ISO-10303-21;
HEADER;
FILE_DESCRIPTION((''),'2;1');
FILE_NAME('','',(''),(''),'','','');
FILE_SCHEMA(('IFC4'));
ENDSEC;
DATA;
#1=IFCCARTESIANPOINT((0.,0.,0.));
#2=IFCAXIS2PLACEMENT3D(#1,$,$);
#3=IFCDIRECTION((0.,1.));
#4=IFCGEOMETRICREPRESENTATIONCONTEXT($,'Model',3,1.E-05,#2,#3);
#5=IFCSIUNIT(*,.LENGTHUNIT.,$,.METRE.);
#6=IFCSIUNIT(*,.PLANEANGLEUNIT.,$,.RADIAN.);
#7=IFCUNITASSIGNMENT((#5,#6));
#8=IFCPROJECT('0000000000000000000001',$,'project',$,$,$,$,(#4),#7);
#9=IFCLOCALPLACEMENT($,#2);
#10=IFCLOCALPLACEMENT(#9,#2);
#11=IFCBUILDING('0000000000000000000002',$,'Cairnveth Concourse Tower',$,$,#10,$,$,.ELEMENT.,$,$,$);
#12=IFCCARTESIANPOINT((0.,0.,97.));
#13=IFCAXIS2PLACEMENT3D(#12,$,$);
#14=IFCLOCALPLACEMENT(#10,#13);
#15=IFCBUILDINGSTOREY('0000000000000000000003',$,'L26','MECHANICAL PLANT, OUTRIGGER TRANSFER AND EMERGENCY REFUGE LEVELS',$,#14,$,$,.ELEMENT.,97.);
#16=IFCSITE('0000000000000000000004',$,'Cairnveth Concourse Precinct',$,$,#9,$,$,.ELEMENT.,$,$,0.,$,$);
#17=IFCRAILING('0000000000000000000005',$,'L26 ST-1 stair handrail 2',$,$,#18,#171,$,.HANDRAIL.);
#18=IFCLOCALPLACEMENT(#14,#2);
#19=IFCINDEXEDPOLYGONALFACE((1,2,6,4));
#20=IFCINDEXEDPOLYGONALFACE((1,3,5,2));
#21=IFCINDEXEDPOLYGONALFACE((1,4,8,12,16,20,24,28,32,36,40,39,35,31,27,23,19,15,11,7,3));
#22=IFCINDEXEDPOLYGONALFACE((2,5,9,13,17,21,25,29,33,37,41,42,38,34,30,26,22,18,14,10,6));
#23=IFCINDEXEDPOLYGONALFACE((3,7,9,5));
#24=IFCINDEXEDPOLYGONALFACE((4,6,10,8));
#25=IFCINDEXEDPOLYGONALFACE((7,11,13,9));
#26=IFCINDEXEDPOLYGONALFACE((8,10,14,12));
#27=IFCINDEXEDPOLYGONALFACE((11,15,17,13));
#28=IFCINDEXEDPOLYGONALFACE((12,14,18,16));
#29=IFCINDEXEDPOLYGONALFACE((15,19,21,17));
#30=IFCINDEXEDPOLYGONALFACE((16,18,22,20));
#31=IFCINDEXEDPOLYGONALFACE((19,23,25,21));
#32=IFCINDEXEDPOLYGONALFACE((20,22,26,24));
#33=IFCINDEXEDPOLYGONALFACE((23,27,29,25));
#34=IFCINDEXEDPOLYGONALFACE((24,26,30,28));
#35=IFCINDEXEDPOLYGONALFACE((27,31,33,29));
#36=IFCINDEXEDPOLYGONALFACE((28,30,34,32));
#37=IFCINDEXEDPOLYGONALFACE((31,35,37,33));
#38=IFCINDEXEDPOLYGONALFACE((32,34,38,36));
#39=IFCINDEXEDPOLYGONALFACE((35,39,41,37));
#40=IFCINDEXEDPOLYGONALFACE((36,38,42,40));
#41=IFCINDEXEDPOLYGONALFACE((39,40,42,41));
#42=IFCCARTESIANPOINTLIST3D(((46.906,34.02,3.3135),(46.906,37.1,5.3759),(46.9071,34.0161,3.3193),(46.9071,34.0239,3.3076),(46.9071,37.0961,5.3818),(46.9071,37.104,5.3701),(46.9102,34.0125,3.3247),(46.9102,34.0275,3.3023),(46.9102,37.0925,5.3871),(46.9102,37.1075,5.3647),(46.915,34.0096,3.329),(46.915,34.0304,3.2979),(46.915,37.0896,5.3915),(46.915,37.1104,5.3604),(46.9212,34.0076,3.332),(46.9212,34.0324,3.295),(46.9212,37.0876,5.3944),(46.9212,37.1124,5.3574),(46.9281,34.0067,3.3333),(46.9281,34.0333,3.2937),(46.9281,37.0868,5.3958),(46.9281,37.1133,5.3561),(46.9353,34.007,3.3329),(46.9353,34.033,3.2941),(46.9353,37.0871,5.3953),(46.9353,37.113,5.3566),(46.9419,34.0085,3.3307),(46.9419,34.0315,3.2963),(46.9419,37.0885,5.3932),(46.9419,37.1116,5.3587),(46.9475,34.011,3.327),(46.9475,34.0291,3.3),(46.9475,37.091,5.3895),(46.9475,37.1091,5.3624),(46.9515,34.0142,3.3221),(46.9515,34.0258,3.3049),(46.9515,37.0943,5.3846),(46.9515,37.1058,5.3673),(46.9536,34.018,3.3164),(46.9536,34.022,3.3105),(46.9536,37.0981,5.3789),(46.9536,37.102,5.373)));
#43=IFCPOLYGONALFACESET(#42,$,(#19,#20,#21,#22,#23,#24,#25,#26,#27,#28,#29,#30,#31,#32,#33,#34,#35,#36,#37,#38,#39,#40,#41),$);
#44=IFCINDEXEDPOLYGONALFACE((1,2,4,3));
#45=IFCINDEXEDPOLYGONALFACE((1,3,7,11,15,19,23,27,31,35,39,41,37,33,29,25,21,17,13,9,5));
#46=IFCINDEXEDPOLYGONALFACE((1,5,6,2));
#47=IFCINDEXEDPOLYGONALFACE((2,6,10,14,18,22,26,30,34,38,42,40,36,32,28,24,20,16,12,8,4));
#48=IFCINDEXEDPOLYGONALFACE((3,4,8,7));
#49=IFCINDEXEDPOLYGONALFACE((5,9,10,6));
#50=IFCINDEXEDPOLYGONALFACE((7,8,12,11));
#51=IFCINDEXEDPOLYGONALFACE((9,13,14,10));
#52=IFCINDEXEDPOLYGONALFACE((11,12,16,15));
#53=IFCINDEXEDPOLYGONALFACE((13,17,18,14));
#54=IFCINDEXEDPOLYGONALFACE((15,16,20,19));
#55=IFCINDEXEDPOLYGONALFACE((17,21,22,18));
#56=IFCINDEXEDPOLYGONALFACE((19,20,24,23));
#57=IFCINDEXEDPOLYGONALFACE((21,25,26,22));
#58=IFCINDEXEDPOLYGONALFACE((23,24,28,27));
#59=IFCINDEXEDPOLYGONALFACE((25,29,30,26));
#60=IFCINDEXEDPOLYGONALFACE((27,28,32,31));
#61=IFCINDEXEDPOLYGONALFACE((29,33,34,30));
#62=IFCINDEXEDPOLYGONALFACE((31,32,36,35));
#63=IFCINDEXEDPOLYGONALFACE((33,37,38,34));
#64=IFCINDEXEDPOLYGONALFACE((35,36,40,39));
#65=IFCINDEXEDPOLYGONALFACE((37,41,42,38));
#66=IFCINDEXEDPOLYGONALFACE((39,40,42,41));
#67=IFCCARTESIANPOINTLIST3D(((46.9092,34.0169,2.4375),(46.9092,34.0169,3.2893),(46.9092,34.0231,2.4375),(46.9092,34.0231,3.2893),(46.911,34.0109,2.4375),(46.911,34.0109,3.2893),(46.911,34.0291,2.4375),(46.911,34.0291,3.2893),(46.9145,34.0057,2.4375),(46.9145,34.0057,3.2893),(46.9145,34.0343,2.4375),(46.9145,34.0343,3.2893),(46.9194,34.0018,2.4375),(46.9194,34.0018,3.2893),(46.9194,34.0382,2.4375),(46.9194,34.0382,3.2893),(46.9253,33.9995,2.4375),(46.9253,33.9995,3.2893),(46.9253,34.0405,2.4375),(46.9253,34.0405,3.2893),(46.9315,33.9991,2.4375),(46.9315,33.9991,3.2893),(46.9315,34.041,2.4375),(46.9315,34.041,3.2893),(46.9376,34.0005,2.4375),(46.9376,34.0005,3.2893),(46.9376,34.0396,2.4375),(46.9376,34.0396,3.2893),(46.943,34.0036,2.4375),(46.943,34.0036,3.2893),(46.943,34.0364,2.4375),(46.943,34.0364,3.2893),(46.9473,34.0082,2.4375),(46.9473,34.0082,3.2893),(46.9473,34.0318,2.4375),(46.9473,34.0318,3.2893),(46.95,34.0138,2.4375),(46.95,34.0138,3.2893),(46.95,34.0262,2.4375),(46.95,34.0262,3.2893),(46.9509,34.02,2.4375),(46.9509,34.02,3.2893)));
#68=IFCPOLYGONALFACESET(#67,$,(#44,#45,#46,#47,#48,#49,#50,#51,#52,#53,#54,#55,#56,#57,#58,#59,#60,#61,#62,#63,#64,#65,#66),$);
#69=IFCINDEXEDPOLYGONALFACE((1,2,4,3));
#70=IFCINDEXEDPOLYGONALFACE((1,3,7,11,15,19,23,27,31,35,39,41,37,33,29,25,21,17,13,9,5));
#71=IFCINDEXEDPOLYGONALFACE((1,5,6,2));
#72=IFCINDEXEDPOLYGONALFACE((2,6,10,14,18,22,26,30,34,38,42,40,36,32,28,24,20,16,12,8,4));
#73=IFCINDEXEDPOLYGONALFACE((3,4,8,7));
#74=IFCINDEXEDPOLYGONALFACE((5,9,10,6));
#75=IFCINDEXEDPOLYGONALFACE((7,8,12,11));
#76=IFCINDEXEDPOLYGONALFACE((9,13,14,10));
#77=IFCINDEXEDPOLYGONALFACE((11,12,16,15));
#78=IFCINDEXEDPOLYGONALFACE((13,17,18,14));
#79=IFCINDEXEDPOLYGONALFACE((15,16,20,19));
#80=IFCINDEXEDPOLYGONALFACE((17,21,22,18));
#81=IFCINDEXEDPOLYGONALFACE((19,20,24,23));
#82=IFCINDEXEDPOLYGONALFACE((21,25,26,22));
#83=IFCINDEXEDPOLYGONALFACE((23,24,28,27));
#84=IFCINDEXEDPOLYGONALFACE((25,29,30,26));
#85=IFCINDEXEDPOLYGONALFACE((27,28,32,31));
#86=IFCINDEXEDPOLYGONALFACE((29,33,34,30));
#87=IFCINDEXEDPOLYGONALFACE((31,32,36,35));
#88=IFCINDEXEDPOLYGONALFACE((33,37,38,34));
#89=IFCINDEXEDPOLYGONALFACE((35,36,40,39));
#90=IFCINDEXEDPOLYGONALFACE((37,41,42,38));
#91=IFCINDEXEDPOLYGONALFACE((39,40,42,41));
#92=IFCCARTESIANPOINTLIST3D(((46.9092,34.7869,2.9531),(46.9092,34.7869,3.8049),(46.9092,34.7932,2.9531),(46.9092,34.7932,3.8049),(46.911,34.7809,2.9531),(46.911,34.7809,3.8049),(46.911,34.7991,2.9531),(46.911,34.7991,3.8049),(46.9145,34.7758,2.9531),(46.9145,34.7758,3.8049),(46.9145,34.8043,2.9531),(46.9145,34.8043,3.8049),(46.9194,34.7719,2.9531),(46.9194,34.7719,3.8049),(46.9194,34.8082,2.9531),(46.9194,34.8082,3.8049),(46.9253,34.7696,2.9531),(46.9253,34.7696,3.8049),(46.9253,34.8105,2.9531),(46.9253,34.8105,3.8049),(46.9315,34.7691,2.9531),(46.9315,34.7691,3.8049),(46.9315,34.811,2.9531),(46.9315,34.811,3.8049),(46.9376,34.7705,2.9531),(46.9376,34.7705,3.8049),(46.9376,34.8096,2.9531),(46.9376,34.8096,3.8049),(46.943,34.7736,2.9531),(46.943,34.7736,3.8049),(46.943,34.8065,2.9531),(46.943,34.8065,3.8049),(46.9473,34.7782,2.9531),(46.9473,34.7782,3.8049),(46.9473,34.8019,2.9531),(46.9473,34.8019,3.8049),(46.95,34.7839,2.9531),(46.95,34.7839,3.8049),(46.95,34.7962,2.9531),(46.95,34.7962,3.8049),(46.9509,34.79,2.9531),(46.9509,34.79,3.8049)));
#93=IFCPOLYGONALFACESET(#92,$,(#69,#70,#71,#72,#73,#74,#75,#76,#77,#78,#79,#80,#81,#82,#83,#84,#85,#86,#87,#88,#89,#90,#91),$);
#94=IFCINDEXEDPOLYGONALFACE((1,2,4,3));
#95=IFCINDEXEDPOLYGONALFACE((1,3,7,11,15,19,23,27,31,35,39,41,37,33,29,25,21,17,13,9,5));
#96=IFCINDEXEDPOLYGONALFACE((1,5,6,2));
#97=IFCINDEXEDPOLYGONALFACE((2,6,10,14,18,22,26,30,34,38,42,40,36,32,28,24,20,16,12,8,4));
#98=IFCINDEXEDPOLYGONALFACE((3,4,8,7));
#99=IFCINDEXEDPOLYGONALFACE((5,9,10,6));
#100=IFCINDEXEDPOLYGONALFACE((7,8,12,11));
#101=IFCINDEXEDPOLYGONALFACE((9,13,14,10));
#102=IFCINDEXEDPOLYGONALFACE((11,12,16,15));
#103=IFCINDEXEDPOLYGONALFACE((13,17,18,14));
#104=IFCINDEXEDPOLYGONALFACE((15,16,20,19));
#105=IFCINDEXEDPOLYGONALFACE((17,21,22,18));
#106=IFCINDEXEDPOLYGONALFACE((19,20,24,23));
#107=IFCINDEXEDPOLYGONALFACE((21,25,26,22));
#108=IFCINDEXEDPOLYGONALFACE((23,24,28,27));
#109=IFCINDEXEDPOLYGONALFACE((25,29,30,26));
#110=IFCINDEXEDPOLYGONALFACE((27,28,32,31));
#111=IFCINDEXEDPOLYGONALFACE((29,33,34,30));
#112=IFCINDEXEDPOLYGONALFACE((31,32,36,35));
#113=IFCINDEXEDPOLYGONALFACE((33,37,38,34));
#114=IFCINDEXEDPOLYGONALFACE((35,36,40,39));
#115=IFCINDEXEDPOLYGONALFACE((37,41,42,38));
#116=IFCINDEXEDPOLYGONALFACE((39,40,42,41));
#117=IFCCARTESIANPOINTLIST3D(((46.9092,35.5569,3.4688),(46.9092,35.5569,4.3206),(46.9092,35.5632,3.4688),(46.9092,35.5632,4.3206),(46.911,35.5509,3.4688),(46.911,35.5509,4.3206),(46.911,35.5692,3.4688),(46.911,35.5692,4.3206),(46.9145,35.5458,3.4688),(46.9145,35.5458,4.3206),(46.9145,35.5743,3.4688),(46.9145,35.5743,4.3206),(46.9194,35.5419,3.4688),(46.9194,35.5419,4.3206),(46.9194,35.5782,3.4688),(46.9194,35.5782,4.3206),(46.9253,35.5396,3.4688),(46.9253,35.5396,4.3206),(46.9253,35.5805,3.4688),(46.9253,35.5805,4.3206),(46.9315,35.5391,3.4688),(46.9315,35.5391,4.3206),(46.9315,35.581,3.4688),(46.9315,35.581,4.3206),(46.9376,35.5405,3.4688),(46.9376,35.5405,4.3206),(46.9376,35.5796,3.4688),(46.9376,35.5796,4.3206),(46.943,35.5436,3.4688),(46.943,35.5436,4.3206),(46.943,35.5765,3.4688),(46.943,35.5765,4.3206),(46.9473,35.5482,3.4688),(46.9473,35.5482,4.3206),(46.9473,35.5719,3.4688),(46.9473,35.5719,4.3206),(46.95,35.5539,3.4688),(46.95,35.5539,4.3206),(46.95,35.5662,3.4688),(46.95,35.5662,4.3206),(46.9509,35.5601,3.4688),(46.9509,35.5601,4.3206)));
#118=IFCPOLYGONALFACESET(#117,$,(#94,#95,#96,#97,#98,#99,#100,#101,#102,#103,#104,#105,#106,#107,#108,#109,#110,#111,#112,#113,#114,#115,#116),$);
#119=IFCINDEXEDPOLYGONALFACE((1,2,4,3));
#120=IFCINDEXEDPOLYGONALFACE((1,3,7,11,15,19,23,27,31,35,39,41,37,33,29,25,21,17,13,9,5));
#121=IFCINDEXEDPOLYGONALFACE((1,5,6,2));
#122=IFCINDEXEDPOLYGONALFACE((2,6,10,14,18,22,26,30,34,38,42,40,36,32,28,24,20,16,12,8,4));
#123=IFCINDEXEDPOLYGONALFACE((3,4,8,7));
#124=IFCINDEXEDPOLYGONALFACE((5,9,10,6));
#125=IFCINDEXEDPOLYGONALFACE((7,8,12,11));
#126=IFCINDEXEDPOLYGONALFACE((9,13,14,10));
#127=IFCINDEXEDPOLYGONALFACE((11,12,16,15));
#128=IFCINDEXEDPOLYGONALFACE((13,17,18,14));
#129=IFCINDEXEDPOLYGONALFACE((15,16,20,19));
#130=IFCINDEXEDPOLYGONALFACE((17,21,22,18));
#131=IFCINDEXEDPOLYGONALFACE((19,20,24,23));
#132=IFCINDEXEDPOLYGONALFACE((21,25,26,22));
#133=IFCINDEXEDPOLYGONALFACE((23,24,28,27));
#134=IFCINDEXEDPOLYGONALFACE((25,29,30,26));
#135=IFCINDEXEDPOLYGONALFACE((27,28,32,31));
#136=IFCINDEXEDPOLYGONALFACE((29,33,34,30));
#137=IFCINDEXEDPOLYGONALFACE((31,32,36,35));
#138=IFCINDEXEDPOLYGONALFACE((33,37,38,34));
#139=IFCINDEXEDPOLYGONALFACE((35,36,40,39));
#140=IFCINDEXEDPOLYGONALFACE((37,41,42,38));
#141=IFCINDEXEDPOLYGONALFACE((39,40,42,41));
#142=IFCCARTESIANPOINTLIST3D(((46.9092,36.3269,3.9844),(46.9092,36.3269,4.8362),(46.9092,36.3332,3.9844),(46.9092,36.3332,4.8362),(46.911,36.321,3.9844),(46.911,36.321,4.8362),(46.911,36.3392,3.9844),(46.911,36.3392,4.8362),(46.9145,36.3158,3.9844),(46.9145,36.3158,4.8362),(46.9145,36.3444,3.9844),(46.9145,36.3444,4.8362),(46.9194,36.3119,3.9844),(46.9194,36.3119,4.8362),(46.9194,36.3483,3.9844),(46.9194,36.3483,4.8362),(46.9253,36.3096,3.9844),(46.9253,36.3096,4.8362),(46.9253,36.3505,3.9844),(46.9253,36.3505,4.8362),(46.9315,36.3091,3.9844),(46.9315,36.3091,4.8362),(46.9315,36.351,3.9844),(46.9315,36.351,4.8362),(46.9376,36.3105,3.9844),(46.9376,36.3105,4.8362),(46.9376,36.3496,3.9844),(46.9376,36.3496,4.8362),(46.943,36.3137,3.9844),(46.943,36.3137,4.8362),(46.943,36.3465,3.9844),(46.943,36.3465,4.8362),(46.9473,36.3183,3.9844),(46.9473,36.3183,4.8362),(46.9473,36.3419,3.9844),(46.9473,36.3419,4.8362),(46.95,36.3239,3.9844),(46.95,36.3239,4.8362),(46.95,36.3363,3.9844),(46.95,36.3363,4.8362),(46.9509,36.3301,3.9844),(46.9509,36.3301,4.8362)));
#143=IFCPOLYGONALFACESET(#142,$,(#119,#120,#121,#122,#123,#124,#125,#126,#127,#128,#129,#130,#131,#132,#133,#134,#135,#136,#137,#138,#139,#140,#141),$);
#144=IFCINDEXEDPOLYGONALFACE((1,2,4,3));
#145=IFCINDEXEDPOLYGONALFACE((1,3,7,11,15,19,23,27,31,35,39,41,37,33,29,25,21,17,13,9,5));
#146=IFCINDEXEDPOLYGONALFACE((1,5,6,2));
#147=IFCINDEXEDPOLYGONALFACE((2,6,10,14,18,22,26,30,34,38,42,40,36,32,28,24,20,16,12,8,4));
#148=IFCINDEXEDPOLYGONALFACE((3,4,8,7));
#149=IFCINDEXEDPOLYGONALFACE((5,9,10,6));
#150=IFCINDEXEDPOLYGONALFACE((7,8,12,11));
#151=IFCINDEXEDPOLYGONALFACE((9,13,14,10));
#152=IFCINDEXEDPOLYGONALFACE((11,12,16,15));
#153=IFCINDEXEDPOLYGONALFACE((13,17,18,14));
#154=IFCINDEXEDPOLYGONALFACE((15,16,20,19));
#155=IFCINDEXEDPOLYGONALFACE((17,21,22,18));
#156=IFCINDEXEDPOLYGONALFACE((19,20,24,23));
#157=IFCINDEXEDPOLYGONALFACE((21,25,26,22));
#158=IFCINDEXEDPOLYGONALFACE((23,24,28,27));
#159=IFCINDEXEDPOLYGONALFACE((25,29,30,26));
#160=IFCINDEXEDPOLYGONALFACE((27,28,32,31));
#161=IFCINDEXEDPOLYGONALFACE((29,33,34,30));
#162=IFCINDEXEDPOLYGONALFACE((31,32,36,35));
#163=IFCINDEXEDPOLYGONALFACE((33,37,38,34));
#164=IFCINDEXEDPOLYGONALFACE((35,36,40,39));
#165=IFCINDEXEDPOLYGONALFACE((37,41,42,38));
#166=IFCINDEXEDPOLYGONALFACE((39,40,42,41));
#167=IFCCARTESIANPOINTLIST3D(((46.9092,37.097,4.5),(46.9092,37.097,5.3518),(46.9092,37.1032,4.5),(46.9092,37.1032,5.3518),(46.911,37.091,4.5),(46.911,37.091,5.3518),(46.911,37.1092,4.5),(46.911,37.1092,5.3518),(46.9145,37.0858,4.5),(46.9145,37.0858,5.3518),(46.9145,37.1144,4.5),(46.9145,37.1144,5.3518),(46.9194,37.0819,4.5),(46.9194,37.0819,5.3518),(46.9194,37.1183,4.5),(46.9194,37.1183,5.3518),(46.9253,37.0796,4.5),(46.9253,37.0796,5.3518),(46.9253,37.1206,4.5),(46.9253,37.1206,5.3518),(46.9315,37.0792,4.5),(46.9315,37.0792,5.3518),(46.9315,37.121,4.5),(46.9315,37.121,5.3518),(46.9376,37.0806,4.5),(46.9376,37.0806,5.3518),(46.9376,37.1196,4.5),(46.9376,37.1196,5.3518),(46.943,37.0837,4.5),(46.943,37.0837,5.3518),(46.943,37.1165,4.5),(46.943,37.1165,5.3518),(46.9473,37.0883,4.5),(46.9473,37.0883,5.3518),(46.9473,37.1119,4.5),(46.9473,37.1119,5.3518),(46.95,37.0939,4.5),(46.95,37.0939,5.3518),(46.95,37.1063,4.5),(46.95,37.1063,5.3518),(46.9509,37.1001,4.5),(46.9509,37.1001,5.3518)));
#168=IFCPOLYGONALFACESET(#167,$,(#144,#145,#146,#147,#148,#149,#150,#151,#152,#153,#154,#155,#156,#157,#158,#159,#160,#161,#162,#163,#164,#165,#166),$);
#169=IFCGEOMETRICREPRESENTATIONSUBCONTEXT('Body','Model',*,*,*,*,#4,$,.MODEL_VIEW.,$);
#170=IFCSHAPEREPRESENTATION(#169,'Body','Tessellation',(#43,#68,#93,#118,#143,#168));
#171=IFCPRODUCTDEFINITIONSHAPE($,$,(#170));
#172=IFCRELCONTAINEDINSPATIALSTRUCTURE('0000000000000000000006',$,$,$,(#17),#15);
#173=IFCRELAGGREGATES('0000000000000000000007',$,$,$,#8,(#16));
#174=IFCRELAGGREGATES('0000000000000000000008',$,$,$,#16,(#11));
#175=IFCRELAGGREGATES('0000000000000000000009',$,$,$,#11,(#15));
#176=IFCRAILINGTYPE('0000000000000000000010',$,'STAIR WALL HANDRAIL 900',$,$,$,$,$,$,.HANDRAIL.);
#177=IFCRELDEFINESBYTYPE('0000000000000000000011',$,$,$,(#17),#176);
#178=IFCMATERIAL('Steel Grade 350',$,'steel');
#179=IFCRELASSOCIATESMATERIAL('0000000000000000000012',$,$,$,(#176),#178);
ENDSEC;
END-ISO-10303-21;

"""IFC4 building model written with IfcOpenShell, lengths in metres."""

from ifc_helpers import new_model, si_unit, direction, frame, origin, origin_2d, place, context, subcontext, project, spatial, circle, extrude, material, type_object, element, save


model = new_model("IFC4")

# Units and contexts
model_context = context("Model", 3, precision=1e-05, world=origin(), true_north=direction((0.0, 1.0)))
body_context = subcontext(model_context, "Body", "Model", "MODEL_VIEW")
ifc_project = project(units=[si_unit("LENGTHUNIT", "METRE"), si_unit("PLANEANGLEUNIT", "RADIAN")], contexts=[model_context])

# Site, building, storey
site_placement = place(None, origin())
site = spatial("IfcSite", under=ifc_project, at=site_placement, Name="Cairnveth Concourse Precinct", CompositionType="ELEMENT", RefElevation=0.0)
building_placement = place(site_placement, origin())
building = spatial("IfcBuilding", under=site, at=building_placement, Name="Cairnveth Concourse Tower", CompositionType="ELEMENT")
storey_placement = place(building_placement, frame((0.0, 0.0, 97.0)))
storey = spatial("IfcBuildingStorey", under=building, at=storey_placement, Name="L26", Description="MECHANICAL PLANT, OUTRIGGER TRANSFER AND EMERGENCY REFUGE LEVELS", CompositionType="ELEMENT", Elevation=97.0)

# Shared definitions
ifc_material_1 = material(Name="Steel Grade 350", Category="steel")

# Railing
railing_type_1 = type_object("IfcRailingType", Name="STAIR WALL HANDRAIL 900", PredefinedType="HANDRAIL", material=ifc_material_1)
railing_1_placement = place(storey_placement, frame((46.9299, 34.02, 2.4375)))
element("IfcRailing", 1, at=railing_1_placement, inside=storey, type_object=railing_type_1, Name="L26 ST-1 stair handrail 2", PredefinedType="HANDRAIL", context=body_context, shape_type="SweptSolid", body=[
    extrude(circle(Radius=0.0239, at=origin_2d()), frame((0.0, 0.0, 0.876), z_axis=(0.0, 0.830914, 0.556401), x_axis=(-1.0, 0.0, 0.0)), (0.0, 0.0, 1.0), 3.7068),
    extrude(circle(Radius=0.021, at=origin_2d()), origin(), (0.0, 0.0, 1.0), 0.8518),
    extrude(circle(Radius=0.021, at=origin_2d()), frame((0.0, 0.77, 0.5156)), (0.0, 0.0, 1.0), 0.8518),
    extrude(circle(Radius=0.021, at=origin_2d()), frame((0.0, 1.54, 1.0312)), (0.0, 0.0, 1.0), 0.8518),
    extrude(circle(Radius=0.021, at=origin_2d()), frame((0.0, 2.3101, 1.5469)), (0.0, 0.0, 1.0), 0.8518),
    extrude(circle(Radius=0.021, at=origin_2d()), frame((0.0, 3.0801, 2.0625)), (0.0, 0.0, 1.0), 0.8518),
])

save(model, "model.ifc")
